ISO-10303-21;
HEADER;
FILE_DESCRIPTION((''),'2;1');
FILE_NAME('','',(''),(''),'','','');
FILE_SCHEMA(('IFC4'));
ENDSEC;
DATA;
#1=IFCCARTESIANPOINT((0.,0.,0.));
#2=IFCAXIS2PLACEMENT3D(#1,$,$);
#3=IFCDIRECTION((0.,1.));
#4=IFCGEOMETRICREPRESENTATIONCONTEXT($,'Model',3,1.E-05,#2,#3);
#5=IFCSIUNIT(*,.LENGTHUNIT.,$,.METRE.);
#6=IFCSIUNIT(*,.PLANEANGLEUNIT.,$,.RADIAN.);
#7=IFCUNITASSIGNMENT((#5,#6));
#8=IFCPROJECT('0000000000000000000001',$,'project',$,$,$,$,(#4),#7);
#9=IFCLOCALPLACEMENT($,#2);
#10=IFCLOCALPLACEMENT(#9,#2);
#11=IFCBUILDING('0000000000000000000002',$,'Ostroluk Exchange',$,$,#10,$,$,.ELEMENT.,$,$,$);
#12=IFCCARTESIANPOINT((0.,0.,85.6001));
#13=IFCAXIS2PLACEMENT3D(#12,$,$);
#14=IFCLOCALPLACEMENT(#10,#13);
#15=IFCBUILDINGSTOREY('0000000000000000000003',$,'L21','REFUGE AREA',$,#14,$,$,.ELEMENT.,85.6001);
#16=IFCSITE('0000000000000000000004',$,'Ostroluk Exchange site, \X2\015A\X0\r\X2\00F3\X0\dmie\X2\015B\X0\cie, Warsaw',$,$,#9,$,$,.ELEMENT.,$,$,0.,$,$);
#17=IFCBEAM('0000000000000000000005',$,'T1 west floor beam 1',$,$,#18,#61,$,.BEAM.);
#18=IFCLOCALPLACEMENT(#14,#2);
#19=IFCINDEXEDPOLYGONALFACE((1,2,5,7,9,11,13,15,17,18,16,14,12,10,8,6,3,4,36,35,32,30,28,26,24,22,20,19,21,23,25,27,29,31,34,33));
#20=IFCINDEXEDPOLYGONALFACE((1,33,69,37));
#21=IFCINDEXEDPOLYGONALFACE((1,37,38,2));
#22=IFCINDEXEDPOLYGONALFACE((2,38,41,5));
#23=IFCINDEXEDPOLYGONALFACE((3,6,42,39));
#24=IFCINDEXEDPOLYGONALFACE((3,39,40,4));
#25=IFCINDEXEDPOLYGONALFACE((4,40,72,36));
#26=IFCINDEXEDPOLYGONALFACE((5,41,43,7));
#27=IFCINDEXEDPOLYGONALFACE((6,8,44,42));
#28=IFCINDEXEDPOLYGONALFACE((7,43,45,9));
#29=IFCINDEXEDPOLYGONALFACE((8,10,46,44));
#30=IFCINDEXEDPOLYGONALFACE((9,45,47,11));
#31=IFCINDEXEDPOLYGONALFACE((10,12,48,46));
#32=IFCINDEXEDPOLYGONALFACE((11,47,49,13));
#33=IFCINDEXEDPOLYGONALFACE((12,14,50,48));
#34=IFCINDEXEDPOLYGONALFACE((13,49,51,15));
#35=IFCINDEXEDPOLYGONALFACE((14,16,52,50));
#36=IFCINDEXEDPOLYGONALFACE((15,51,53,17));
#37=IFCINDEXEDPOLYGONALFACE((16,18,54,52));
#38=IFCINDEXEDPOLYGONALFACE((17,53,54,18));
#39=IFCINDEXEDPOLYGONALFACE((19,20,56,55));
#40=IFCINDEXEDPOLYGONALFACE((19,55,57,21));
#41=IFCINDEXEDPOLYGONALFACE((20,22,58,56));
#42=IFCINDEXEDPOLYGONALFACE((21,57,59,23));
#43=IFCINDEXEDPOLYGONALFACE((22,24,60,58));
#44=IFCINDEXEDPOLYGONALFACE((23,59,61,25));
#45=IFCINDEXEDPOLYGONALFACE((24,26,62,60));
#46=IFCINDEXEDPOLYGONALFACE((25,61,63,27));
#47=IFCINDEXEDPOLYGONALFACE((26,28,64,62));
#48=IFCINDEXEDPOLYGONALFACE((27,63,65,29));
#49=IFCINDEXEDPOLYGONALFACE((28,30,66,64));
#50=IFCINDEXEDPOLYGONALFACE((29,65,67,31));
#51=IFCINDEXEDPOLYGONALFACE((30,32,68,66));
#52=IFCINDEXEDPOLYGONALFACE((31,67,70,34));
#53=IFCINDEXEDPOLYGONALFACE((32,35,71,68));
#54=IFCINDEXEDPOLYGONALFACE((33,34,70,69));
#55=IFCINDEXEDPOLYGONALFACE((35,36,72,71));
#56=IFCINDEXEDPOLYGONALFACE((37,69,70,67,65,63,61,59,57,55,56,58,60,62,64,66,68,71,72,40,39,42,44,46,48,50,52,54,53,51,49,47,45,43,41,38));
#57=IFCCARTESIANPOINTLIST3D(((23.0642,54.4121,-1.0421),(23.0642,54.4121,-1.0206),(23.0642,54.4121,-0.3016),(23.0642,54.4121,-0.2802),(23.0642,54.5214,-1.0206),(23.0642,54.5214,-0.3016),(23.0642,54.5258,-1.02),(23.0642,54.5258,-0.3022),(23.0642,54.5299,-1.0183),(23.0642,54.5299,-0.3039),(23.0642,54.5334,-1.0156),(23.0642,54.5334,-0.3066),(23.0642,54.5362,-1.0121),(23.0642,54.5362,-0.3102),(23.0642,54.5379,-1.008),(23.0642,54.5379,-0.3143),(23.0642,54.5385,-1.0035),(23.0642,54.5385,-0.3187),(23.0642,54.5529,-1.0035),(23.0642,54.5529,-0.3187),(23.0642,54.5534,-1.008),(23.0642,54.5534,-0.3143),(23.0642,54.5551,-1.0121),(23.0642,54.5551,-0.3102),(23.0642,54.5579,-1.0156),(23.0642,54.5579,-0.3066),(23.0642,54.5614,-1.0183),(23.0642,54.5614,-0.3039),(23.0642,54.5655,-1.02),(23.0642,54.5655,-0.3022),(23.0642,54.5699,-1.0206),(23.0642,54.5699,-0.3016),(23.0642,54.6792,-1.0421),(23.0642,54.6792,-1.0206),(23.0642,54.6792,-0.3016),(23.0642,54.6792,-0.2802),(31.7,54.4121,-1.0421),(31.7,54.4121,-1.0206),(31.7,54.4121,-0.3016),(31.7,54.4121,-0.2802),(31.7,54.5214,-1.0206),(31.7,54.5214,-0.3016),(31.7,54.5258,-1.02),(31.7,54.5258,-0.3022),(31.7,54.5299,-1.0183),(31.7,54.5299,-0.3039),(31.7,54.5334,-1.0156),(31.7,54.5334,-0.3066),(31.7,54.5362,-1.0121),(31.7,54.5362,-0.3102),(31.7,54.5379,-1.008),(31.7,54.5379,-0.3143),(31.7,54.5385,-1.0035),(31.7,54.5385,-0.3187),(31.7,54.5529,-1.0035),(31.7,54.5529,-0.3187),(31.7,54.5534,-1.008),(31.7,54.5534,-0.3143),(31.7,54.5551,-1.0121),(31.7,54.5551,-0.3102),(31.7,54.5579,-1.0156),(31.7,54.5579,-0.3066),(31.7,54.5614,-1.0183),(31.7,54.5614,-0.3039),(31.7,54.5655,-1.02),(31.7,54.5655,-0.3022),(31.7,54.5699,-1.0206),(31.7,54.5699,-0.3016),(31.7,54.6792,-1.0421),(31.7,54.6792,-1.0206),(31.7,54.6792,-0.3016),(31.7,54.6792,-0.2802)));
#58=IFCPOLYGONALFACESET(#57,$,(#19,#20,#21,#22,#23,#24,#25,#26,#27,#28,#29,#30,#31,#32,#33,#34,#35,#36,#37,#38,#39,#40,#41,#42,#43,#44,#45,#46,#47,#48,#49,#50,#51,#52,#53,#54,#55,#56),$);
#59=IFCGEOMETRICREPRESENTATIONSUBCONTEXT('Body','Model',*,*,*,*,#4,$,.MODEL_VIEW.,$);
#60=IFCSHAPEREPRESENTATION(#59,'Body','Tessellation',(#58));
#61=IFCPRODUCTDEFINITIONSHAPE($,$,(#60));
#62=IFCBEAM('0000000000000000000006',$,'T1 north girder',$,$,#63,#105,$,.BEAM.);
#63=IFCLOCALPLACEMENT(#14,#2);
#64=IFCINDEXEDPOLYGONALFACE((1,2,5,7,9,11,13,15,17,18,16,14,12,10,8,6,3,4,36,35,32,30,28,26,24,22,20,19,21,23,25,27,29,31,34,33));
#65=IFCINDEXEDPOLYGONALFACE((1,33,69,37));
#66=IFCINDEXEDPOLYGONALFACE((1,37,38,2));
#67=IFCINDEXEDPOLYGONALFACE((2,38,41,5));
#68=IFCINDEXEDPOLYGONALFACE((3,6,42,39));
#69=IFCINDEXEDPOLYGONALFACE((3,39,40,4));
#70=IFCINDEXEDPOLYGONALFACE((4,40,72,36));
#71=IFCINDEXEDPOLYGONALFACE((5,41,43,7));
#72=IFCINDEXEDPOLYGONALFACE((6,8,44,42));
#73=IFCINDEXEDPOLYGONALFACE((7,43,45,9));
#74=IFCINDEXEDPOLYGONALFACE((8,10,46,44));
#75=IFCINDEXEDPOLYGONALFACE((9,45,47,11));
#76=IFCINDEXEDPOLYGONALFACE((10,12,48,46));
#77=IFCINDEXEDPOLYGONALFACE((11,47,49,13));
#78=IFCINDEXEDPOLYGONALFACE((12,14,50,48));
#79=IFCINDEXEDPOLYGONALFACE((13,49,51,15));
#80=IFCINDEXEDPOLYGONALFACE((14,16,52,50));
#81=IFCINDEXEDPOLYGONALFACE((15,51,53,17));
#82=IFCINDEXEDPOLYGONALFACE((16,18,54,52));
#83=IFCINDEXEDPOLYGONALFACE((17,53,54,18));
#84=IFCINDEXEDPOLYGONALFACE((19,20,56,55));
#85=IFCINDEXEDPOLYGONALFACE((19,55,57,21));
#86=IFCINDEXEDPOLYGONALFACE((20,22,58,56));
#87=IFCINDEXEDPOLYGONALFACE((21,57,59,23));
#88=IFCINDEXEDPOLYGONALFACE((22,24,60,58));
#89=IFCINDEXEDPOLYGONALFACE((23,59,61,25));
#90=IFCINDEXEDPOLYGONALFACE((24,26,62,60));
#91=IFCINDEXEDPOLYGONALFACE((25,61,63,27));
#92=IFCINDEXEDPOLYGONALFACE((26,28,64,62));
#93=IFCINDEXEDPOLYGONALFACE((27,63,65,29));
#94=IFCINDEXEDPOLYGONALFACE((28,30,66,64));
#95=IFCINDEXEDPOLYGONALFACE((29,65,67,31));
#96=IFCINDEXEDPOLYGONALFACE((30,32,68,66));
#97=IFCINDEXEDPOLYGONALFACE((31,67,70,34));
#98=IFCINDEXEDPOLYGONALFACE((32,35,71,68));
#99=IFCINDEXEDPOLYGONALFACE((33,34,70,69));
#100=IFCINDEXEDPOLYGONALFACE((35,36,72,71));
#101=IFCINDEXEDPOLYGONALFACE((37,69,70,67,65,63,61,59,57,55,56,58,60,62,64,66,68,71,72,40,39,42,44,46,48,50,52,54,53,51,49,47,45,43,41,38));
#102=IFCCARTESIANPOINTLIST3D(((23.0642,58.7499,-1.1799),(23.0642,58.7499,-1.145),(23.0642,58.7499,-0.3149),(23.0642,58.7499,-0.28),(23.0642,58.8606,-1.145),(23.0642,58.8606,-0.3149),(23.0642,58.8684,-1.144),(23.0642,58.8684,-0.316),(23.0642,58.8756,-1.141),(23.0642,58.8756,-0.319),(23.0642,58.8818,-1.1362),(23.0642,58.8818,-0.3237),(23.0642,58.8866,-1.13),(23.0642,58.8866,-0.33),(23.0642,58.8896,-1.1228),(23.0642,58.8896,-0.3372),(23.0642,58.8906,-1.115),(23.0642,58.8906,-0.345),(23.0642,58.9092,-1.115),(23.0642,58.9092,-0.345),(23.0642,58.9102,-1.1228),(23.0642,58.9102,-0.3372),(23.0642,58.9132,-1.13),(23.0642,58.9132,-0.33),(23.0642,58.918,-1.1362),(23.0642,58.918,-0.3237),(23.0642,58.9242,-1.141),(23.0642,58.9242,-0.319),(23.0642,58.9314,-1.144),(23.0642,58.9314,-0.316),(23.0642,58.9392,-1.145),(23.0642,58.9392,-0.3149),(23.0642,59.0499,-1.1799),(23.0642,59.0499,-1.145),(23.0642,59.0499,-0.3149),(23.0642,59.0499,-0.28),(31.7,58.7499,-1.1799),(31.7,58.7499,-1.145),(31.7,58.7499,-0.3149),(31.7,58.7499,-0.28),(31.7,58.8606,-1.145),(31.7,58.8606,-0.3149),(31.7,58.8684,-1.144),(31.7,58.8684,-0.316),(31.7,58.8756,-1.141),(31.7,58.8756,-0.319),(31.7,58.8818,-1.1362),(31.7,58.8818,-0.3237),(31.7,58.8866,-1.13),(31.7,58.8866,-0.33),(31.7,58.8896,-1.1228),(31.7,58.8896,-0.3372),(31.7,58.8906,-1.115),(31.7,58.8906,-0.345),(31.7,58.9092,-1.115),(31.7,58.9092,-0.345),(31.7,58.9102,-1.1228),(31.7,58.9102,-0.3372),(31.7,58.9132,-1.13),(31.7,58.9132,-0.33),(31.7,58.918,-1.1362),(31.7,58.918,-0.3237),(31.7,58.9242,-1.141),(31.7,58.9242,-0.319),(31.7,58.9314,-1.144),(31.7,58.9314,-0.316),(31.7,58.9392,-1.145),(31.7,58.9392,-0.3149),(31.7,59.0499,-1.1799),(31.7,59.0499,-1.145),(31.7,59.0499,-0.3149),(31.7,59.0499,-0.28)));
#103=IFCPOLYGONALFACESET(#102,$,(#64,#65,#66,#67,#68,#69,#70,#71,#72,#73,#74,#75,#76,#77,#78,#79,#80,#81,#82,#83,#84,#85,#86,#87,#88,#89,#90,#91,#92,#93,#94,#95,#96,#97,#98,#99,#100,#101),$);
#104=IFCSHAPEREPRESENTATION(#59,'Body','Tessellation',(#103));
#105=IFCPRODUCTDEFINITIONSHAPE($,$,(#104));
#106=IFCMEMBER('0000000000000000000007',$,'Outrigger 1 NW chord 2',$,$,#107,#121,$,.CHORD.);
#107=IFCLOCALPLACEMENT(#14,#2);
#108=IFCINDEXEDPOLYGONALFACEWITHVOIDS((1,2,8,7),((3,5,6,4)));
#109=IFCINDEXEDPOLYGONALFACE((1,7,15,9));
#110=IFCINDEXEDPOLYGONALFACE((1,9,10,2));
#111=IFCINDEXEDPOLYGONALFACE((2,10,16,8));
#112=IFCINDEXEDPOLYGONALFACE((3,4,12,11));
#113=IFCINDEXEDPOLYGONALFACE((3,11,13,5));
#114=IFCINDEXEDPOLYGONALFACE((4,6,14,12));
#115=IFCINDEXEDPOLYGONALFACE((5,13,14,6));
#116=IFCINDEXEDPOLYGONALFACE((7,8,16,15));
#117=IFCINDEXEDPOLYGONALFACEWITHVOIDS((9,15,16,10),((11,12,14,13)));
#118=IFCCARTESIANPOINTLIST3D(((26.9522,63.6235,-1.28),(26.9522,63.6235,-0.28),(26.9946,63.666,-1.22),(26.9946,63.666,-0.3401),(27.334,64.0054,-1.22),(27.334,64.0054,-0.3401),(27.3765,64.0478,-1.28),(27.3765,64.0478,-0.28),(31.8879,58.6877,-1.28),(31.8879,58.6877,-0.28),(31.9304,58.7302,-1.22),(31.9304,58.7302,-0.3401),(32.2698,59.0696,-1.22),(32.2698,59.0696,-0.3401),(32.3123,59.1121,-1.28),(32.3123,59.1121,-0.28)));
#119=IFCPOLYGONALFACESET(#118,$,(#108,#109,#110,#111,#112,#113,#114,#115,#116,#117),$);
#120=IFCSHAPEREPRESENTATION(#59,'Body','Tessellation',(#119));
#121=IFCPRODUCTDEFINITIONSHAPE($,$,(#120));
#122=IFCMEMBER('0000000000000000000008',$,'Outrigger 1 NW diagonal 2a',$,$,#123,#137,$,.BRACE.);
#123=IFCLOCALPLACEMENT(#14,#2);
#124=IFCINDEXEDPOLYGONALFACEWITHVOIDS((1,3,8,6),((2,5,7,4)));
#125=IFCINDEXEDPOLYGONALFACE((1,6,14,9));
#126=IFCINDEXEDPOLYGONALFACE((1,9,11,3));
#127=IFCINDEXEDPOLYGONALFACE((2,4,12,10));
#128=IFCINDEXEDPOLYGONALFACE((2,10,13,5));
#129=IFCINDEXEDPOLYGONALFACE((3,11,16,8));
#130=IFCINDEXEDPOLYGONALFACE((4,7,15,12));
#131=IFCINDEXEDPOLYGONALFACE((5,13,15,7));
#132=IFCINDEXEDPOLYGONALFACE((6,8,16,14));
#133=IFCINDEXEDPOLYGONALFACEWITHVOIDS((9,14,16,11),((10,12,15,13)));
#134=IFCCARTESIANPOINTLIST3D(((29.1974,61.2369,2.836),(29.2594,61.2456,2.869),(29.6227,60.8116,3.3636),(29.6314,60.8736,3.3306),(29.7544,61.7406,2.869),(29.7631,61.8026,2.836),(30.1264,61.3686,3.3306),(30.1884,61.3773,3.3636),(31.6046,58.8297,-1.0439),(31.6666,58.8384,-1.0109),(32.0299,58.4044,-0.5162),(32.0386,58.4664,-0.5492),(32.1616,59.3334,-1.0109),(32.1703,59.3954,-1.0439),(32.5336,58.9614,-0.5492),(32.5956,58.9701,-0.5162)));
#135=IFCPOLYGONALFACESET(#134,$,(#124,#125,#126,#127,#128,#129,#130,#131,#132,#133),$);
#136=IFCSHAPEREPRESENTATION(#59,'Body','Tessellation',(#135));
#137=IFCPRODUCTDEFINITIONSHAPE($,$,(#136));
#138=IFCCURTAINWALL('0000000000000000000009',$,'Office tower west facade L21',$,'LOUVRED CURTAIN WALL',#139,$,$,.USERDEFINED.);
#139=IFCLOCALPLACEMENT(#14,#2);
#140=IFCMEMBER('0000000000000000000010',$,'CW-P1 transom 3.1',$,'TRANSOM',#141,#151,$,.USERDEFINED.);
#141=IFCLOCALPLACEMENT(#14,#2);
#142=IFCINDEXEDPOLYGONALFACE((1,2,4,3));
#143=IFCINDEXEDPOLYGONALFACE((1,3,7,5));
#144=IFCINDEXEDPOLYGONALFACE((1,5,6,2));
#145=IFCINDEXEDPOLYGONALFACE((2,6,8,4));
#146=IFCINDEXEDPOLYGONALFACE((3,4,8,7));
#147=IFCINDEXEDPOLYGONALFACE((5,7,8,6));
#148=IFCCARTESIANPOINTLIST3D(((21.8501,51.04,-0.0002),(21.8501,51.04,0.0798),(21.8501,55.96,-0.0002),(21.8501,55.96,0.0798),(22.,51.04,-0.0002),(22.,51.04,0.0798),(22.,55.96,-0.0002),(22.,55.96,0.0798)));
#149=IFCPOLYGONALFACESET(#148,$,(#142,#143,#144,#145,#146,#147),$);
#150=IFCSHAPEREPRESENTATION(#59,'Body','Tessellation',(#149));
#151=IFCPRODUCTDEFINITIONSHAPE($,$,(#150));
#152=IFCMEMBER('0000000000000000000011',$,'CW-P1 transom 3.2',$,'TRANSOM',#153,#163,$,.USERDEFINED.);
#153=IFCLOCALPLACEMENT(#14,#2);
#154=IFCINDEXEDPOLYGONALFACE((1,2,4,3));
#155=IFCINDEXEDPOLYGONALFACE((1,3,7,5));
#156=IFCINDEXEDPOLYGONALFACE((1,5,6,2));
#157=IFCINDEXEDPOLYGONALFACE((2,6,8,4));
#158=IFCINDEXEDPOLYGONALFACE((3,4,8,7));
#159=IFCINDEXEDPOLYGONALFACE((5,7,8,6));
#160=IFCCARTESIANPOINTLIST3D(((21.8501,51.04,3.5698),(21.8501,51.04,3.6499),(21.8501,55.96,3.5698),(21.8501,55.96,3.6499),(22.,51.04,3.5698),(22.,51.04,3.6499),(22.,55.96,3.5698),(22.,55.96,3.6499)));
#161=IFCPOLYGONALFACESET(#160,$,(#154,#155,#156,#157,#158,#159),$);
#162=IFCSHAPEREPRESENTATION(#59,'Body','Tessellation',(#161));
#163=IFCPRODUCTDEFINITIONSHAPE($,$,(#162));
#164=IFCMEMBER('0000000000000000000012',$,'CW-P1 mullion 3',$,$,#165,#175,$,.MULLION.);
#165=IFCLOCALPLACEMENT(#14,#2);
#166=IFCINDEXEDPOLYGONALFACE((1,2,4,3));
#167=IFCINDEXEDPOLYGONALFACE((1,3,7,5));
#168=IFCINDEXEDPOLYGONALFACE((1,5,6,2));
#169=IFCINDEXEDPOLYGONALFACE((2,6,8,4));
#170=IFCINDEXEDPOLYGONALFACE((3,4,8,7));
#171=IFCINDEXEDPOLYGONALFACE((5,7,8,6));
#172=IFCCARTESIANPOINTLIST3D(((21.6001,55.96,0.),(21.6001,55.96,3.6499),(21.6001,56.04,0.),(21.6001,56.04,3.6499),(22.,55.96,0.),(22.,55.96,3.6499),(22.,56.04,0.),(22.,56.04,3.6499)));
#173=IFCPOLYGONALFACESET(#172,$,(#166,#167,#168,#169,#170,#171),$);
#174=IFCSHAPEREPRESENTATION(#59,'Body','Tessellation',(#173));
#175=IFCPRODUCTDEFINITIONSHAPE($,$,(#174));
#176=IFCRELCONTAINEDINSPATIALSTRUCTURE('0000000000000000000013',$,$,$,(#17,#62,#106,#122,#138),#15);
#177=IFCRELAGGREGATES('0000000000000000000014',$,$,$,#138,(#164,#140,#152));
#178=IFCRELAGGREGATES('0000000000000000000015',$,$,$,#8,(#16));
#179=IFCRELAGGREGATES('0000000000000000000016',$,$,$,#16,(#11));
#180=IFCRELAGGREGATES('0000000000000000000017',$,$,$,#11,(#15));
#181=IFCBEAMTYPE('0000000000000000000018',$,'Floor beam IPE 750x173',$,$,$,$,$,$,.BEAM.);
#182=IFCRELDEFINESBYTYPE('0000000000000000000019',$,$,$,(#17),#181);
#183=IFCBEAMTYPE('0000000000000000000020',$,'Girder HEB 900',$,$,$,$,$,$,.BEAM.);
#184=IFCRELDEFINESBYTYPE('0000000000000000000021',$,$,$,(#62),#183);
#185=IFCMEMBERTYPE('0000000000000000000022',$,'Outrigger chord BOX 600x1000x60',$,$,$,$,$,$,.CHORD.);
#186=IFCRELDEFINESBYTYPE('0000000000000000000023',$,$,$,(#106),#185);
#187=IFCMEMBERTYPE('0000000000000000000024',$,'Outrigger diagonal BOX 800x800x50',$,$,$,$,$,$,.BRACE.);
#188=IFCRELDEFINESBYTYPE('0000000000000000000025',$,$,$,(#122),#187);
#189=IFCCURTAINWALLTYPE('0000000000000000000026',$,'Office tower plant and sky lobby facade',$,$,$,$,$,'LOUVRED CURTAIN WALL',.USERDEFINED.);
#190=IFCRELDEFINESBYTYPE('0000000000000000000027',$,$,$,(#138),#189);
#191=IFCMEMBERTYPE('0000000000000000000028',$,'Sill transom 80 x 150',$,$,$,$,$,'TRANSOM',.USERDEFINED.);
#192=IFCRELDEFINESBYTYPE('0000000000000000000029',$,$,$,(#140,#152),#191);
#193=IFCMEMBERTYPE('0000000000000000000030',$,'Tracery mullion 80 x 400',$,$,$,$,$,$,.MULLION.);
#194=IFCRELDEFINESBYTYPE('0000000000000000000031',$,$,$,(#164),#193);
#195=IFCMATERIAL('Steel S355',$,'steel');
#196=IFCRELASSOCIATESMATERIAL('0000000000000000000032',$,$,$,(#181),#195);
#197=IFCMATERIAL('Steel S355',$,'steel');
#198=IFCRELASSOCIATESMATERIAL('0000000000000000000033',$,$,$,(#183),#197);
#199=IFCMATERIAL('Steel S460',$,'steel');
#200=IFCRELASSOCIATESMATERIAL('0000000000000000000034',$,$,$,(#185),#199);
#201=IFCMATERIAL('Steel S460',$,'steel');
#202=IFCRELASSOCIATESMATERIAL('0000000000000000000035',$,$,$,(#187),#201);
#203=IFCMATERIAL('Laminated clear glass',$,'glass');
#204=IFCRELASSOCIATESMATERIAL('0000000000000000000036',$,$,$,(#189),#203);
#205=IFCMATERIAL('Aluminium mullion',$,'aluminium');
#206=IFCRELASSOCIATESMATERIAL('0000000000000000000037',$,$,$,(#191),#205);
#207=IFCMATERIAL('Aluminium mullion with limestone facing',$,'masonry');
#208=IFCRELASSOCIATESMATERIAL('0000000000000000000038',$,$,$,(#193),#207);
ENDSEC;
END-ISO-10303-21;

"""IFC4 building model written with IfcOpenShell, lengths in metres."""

from ifc_helpers import new_model, si_unit, direction, frame, origin, origin_2d, place, context, subcontext, project, spatial, rectangle, hollow_rectangle, i_section, extrude, material, material_profile, profile_set, type_object, element, aggregate, save


model = new_model("IFC4")

# Units and contexts
model_context = context("Model", 3, precision=1e-05, world=origin(), true_north=direction((0.0, 1.0)))
body_context = subcontext(model_context, "Body", "Model", "MODEL_VIEW")
ifc_project = project(units=[si_unit("LENGTHUNIT", "METRE"), si_unit("PLANEANGLEUNIT", "RADIAN")], contexts=[model_context])

# Site, building, storey
site_placement = place(None, origin())
site = spatial("IfcSite", under=ifc_project, at=site_placement, Name="Ostroluk Exchange site, Śródmieście, Warsaw", CompositionType="ELEMENT", RefElevation=0.0)
building_placement = place(site_placement, origin())
building = spatial("IfcBuilding", under=site, at=building_placement, Name="Ostroluk Exchange", CompositionType="ELEMENT")
storey_placement = place(building_placement, frame((0.0, 0.0, 85.6001)))
storey = spatial("IfcBuildingStorey", under=building, at=storey_placement, Name="L21", Description="REFUGE AREA", CompositionType="ELEMENT", Elevation=85.6001)

# Beams
ifc_material_1 = material(Name="Steel S355", Category="steel")
ifc_material_profile_1 = material_profile(ifc_material_1, i_section(OverallWidth=0.2671, OverallDepth=0.762, WebThickness=0.0144, FlangeThickness=0.0215, FilletRadius=0.0171, at=origin_2d()), Name="IPE 750x173")
ifc_profile_set_1 = profile_set([ifc_material_profile_1], Name="Steel S355")
beam_type_1 = type_object("IfcBeamType", Name="Floor beam IPE 750x173", PredefinedType="BEAM", material=ifc_profile_set_1)
beam_1_placement = place(storey_placement, frame((31.7, 54.5457, -0.6611), z_axis=(-1.0, 0.0, 0.0), x_axis=(0.0, -1.0, 0.0)))
element("IfcBeam", 1, at=beam_1_placement, inside=storey, type_object=beam_type_1, Name="T1 west floor beam 1", PredefinedType="BEAM", context=body_context, shape_type="SweptSolid", body=[
    extrude(i_section(OverallWidth=0.2671, OverallDepth=0.762, WebThickness=0.0144, FlangeThickness=0.0215, FilletRadius=0.0171, at=origin_2d()), origin(), (0.0, 0.0, 1.0), 8.6357),
])
ifc_material_2 = material(Name="Steel S355", Category="steel")
ifc_material_profile_2 = material_profile(ifc_material_2, i_section(OverallWidth=0.3, OverallDepth=0.8999, WebThickness=0.0186, FlangeThickness=0.0349, FilletRadius=0.03, at=origin_2d()), Name="HEB 900")
ifc_profile_set_2 = profile_set([ifc_material_profile_2], Name="Steel S355")
beam_type_2 = type_object("IfcBeamType", Name="Girder HEB 900", PredefinedType="BEAM", material=ifc_profile_set_2)
beam_2_placement = place(storey_placement, frame((31.7, 58.8999, -0.73), z_axis=(-1.0, 0.0, 0.0), x_axis=(0.0, -1.0, 0.0)))
element("IfcBeam", 2, at=beam_2_placement, inside=storey, type_object=beam_type_2, Name="T1 north girder", PredefinedType="BEAM", context=body_context, shape_type="SweptSolid", body=[
    extrude(i_section(OverallWidth=0.3, OverallDepth=0.8999, WebThickness=0.0186, FlangeThickness=0.0349, FilletRadius=0.03, at=origin_2d()), origin(), (0.0, 0.0, 1.0), 8.6357),
])

# Members
ifc_material_3 = material(Name="Steel S460", Category="steel")
ifc_material_profile_3 = material_profile(ifc_material_3, hollow_rectangle(XDim=0.6001, YDim=1.0, WallThickness=0.0601, at=origin_2d()), Name="BOX 600x1000x60")
ifc_profile_set_3 = profile_set([ifc_material_profile_3], Name="Steel S460")
member_type_1 = type_object("IfcMemberType", Name="Outrigger chord BOX 600x1000x60", PredefinedType="CHORD", material=ifc_profile_set_3)
member_1_placement = place(storey_placement, frame((32.1001, 58.8999, -0.78), z_axis=(-0.707107, 0.707107, 0.0), x_axis=(-0.707107, -0.707107, 0.0)))
element("IfcMember", 3, at=member_1_placement, inside=storey, type_object=member_type_1, Name="Outrigger 1 NW chord 2", PredefinedType="CHORD", context=body_context, shape_type="SweptSolid", body=[
    extrude(hollow_rectangle(XDim=0.6001, YDim=1.0, WallThickness=0.0601, at=origin_2d()), origin(), (0.0, 0.0, 1.0), 6.9802),
])
ifc_material_4 = material(Name="Steel S460", Category="steel")
ifc_material_profile_4 = material_profile(ifc_material_4, hollow_rectangle(XDim=0.8, YDim=0.8, WallThickness=0.05, at=origin_2d()), Name="BOX 800x800x50")
ifc_profile_set_4 = profile_set([ifc_material_profile_4], Name="Steel S460")
member_type_2 = type_object("IfcMemberType", Name="Outrigger diagonal BOX 800x800x50", PredefinedType="BRACE", material=ifc_profile_set_4)
member_2_placement = place(storey_placement, frame((32.1001, 58.8999, -0.78), z_axis=(-0.466365, 0.466365, 0.75167), x_axis=(-0.707107, -0.707107, 0.0)))
element("IfcMember", 4, at=member_2_placement, inside=storey, type_object=member_type_2, Name="Outrigger 1 NW diagonal 2a", PredefinedType="BRACE", context=body_context, shape_type="SweptSolid", body=[
    extrude(hollow_rectangle(XDim=0.8, YDim=0.8, WallThickness=0.05, at=origin_2d()), origin(), (0.0, 0.0, 1.0), 5.1616),
])

# Curtain wall, members
ifc_material_5 = material(Name="Laminated clear glass", Category="glass")
curtain_wall_type = type_object("IfcCurtainWallType", Name="Office tower plant and sky lobby facade", ElementType="LOUVRED CURTAIN WALL", PredefinedType="USERDEFINED", material=ifc_material_5)
curtain_wall_placement = place(storey_placement, origin())
curtain_wall = element("IfcCurtainWall", 5, at=curtain_wall_placement, inside=storey, type_object=curtain_wall_type, Name="Office tower west facade L21", ObjectType="LOUVRED CURTAIN WALL", PredefinedType="USERDEFINED")
ifc_material_6 = material(Name="Aluminium mullion", Category="aluminium")
ifc_material_profile_5 = material_profile(ifc_material_6, rectangle(XDim=0.1499, YDim=0.0801, at=origin_2d()), Name="Sill transom 80 x 150")
ifc_profile_set_5 = profile_set([ifc_material_profile_5], Name="Aluminium mullion")
member_type_3 = type_object("IfcMemberType", Name="Sill transom 80 x 150", ElementType="TRANSOM", PredefinedType="USERDEFINED", material=ifc_profile_set_5)
member_3_placement = place(storey_placement, frame((21.925, 55.96, 0.0398), z_axis=(0.0, -1.0, 0.0), x_axis=(1.0, 0.0, 0.0)))
member_3 = element("IfcMember", 6, at=member_3_placement, type_object=member_type_3, Name="CW-P1 transom 3.1", ObjectType="TRANSOM", PredefinedType="USERDEFINED", context=body_context, shape_type="SweptSolid", body=[
    extrude(rectangle(XDim=0.1499, YDim=0.0801, at=origin_2d()), origin(), (0.0, 0.0, 1.0), 4.9199),
])
member_4_placement = place(storey_placement, frame((21.925, 55.96, 3.6099), z_axis=(0.0, -1.0, 0.0), x_axis=(1.0, 0.0, 0.0)))
member_4 = element("IfcMember", 7, at=member_4_placement, type_object=member_type_3, Name="CW-P1 transom 3.2", ObjectType="TRANSOM", PredefinedType="USERDEFINED", context=body_context, shape_type="SweptSolid", body=[
    extrude(rectangle(XDim=0.1499, YDim=0.0801, at=origin_2d()), origin(), (0.0, 0.0, 1.0), 4.9199),
])
ifc_material_7 = material(Name="Aluminium mullion with limestone facing", Category="masonry")
ifc_material_profile_6 = material_profile(ifc_material_7, rectangle(XDim=0.3999, YDim=0.0801, at=origin_2d()), Name="Tracery mullion 80 x 400")
ifc_profile_set_6 = profile_set([ifc_material_profile_6], Name="Aluminium mullion with limestone facing")
member_type_4 = type_object("IfcMemberType", Name="Tracery mullion 80 x 400", PredefinedType="MULLION", material=ifc_profile_set_6)
member_5_placement = place(storey_placement, frame((21.8, 56.0, 0.0), z_axis=(0.0, 0.0, 1.0), x_axis=(1.0, 0.0, 0.0)))
member_5 = element("IfcMember", 8, at=member_5_placement, type_object=member_type_4, Name="CW-P1 mullion 3", PredefinedType="MULLION", context=body_context, shape_type="SweptSolid", body=[
    extrude(rectangle(XDim=0.3999, YDim=0.0801, at=origin_2d()), origin(), (0.0, 0.0, 1.0), 3.6499),
])
aggregate(curtain_wall, [member_5, member_3, member_4])

save(model, "model.ifc")
